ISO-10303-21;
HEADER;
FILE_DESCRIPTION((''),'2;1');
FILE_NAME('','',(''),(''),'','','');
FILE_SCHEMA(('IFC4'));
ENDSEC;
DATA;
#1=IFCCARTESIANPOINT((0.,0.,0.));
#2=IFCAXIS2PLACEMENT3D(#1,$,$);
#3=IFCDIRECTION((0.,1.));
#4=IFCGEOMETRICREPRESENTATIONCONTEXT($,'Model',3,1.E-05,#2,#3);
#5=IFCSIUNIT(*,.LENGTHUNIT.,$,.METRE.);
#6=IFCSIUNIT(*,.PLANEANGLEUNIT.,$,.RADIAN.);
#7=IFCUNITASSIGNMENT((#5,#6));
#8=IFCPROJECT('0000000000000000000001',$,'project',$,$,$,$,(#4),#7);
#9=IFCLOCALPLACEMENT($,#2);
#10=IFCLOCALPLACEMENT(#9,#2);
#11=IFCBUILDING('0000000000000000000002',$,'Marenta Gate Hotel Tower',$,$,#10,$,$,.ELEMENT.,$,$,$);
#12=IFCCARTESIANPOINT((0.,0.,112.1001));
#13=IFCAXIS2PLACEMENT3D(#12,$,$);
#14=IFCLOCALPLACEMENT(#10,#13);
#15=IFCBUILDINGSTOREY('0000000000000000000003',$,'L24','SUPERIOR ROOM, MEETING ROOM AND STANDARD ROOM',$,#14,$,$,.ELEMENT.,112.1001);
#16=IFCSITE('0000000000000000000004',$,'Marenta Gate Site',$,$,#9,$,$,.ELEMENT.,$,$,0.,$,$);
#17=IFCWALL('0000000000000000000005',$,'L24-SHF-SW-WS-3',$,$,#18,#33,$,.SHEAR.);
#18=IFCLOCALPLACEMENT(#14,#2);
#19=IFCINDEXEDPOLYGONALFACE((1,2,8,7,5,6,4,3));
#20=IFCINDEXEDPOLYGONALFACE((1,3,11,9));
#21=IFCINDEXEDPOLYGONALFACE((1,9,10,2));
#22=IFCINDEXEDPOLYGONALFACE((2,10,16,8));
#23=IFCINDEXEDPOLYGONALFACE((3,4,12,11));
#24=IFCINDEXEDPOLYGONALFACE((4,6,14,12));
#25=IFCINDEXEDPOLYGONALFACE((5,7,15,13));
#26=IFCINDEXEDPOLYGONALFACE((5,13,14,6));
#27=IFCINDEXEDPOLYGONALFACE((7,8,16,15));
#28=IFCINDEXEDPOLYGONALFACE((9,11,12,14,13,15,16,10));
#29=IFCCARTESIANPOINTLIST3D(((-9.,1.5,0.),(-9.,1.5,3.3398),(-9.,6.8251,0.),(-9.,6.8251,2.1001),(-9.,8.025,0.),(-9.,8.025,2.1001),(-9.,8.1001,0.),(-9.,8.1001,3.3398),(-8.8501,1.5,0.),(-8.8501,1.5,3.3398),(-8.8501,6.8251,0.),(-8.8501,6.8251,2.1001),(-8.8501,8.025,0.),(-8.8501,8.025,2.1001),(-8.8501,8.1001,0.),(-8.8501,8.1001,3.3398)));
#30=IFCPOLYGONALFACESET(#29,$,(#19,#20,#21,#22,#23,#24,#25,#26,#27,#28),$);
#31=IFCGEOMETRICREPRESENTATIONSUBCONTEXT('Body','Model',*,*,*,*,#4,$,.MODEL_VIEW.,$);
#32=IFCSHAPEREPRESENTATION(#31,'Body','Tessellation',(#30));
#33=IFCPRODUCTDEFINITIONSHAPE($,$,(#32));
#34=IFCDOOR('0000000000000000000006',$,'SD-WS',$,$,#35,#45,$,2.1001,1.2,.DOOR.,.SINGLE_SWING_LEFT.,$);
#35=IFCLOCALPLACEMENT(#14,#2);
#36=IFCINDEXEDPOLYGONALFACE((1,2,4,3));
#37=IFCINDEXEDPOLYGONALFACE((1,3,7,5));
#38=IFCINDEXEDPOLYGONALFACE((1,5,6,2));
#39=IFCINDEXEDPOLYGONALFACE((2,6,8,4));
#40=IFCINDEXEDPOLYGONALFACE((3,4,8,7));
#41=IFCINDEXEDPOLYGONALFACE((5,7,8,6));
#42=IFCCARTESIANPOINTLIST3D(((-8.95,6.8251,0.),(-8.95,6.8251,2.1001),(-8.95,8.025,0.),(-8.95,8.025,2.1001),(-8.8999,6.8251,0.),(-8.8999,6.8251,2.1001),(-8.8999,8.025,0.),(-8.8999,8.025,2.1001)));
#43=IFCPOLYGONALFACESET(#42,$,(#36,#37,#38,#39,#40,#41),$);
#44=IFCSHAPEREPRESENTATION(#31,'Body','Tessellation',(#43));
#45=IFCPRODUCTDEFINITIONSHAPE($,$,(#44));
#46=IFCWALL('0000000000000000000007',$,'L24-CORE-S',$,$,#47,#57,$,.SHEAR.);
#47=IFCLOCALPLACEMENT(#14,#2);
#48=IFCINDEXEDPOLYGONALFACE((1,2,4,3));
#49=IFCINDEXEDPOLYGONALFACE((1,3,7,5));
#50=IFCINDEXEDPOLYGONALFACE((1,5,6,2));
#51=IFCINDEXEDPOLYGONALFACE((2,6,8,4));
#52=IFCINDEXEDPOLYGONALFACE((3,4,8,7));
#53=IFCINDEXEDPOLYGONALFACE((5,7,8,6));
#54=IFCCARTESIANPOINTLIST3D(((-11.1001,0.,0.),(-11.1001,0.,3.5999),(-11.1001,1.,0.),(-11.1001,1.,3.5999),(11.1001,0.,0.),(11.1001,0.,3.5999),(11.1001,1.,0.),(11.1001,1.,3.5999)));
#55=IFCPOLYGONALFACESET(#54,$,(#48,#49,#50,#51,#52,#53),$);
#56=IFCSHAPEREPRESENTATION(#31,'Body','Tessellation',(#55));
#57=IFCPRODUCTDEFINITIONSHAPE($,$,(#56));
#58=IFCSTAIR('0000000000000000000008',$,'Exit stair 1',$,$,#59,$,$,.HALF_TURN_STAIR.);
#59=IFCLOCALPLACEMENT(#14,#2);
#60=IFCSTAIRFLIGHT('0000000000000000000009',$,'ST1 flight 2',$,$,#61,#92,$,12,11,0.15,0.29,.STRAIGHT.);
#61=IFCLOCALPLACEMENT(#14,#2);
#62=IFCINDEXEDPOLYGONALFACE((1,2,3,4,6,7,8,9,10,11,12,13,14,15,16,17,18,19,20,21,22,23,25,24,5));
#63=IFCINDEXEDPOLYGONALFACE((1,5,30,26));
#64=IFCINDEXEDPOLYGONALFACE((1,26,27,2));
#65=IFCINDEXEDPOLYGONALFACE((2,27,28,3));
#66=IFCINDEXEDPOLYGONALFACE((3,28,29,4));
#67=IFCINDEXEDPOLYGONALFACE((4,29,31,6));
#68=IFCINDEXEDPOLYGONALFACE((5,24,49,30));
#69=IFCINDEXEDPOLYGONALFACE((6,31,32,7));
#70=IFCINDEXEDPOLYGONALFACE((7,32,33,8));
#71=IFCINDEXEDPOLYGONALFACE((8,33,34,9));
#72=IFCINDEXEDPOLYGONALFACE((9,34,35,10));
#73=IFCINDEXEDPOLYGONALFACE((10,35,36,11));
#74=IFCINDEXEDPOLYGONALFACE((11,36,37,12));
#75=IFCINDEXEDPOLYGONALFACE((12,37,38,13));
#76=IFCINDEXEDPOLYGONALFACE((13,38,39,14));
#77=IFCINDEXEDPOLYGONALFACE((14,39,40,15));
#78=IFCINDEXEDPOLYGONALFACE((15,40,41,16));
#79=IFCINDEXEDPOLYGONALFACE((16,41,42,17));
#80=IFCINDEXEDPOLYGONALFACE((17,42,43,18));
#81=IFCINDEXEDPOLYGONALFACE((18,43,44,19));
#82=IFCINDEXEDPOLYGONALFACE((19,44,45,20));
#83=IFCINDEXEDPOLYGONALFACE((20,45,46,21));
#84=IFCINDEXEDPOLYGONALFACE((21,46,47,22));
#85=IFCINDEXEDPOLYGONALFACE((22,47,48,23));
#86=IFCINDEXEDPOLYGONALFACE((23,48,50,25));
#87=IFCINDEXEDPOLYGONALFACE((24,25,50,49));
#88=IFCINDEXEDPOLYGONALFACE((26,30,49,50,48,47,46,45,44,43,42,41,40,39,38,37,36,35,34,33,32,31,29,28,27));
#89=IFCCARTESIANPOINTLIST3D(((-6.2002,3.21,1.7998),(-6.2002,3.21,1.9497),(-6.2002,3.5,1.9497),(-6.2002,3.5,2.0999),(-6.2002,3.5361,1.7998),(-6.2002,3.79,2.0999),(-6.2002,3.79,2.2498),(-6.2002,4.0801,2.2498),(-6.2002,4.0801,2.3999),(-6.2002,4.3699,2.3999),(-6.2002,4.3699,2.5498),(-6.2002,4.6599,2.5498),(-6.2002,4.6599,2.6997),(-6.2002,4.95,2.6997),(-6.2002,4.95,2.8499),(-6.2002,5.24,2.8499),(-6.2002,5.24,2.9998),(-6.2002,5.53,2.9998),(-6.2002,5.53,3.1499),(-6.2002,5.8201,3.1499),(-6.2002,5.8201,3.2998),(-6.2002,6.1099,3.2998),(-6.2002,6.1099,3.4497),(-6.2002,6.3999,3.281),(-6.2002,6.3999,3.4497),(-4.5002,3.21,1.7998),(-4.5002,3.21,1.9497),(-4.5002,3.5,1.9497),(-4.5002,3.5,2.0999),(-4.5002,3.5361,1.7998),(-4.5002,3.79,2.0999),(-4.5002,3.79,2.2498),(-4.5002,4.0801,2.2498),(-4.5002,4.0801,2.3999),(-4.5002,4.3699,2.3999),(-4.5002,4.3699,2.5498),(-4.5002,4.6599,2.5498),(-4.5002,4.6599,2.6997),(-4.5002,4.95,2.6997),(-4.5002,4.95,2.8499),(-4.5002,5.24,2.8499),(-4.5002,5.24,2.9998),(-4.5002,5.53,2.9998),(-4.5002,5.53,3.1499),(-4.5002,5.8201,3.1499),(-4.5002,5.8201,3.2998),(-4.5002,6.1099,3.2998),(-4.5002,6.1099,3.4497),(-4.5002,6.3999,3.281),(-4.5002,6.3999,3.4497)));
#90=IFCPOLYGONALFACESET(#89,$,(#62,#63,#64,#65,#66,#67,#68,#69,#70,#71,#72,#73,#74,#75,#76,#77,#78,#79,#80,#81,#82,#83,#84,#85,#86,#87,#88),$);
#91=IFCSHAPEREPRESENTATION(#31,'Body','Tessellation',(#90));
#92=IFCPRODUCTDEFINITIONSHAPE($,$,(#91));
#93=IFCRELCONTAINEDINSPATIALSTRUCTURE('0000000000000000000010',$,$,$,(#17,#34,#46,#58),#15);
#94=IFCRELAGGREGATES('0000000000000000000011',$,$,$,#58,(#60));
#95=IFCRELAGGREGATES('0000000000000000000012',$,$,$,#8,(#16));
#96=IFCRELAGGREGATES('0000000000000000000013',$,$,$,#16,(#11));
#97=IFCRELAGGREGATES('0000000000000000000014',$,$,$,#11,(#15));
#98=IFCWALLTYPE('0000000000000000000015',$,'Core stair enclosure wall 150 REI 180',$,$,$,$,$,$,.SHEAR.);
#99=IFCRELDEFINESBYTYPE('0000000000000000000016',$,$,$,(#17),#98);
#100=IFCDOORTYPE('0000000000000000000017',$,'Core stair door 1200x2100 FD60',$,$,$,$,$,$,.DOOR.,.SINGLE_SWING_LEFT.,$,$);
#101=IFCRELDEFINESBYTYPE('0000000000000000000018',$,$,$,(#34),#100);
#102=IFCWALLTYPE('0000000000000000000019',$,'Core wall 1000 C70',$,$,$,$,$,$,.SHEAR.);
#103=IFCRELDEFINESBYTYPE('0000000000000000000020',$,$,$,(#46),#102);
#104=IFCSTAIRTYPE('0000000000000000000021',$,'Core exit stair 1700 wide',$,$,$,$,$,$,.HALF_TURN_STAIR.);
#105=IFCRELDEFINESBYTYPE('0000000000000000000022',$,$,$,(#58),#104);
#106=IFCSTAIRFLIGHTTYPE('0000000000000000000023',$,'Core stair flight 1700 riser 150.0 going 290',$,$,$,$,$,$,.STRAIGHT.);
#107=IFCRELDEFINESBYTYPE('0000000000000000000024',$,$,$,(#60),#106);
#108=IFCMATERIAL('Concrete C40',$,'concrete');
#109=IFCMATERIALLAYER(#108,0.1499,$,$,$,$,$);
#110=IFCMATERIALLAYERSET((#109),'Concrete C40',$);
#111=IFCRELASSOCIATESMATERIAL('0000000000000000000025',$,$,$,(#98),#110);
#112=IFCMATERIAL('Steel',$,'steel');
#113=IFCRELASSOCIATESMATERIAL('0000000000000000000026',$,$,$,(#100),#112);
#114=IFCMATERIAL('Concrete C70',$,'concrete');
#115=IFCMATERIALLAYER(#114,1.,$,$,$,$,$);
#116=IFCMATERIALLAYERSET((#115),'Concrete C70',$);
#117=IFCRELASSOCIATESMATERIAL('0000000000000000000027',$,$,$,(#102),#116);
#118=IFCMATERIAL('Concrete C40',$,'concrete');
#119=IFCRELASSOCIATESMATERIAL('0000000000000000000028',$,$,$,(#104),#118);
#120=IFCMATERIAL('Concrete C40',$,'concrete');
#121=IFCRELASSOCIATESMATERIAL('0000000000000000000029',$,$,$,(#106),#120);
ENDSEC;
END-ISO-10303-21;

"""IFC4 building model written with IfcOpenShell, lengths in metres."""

from ifc_helpers import new_model, si_unit, direction, frame, frame_2d, origin, place, context, subcontext, project, spatial, polyline, rectangle, outline, extrude, material, layer, layer_set, type_object, element, fill, aggregate, save


model = new_model("IFC4")

# Units and contexts
model_context = context("Model", 3, precision=1e-05, world=origin(), true_north=direction((0.0, 1.0)))
body_context = subcontext(model_context, "Body", "Model", "MODEL_VIEW")
ifc_project = project(units=[si_unit("LENGTHUNIT", "METRE"), si_unit("PLANEANGLEUNIT", "RADIAN")], contexts=[model_context])

# Site, building, storey
site_placement = place(None, origin())
site = spatial("IfcSite", under=ifc_project, at=site_placement, Name="Marenta Gate Site", CompositionType="ELEMENT", RefElevation=0.0)
building_placement = place(site_placement, origin())
building = spatial("IfcBuilding", under=site, at=building_placement, Name="Marenta Gate Hotel Tower", CompositionType="ELEMENT")
storey_placement = place(building_placement, frame((0.0, 0.0, 112.1001)))
storey = spatial("IfcBuildingStorey", under=building, at=storey_placement, Name="L24", Description="SUPERIOR ROOM, MEETING ROOM AND STANDARD ROOM", CompositionType="ELEMENT", Elevation=112.1001)

# Wall, opening, door
ifc_material_1 = material(Name="Concrete C40", Category="concrete")
ifc_layer_1 = layer(ifc_material_1, 0.1499)
ifc_layer_set_1 = layer_set([ifc_layer_1], Name="Concrete C40")
wall_type_1 = type_object("IfcWallType", Name="Core stair enclosure wall 150 REI 180", PredefinedType="SHEAR", material=ifc_layer_set_1)
wall_1_placement = place(storey_placement, frame((-8.925, 1.5, 0.0), z_axis=(0.0, 0.0, 1.0), x_axis=(0.0, 1.0, 0.0)))
wall_1 = element("IfcWall", 1, at=wall_1_placement, inside=storey, type_object=wall_type_1, Name="L24-SHF-SW-WS-3", PredefinedType="SHEAR", context=body_context, shape_type="SweptSolid", body=[
    extrude(rectangle(XDim=6.6001, YDim=0.1499, at=frame_2d((3.3, 0.0))), origin(), (0.0, 0.0, 1.0), 3.3398),
])
opening_1_placement = place(wall_1_placement, frame((5.325, 0.0, 0.0)))
opening_1 = element("IfcOpeningElement", 2, at=opening_1_placement, cuts=wall_1, PredefinedType="OPENING", context=body_context, shape_type="SweptSolid", body=[
    extrude(rectangle(XDim=1.2, YDim=2.1001, at=frame_2d((0.6001, 1.05))), frame((0.0, 0.075, 0.0), z_axis=(0.0, -1.0, 0.0), x_axis=(1.0, 0.0, 0.0)), (0.0, 0.0, 1.0), 0.1499),
])
ifc_material_2 = material(Name="Steel", Category="steel")
door_type_1 = type_object("IfcDoorType", Name="Core stair door 1200x2100 FD60", OperationType="SINGLE_SWING_LEFT", PredefinedType="DOOR", material=ifc_material_2)
door_1_placement = place(opening_1_placement, origin())
door_1 = element("IfcDoor", 3, at=door_1_placement, inside=storey, type_object=door_type_1, Name="SD-WS", OperationType="SINGLE_SWING_LEFT", OverallHeight=2.1001, OverallWidth=1.2, PredefinedType="DOOR", context=body_context, shape_type="SweptSolid", body=[
    extrude(rectangle(XDim=1.2, YDim=2.1001, at=frame_2d((0.6001, 1.05))), frame((0.0, 0.0249, 0.0), z_axis=(0.0, -1.0, 0.0), x_axis=(1.0, 0.0, 0.0)), (0.0, 0.0, 1.0), 0.05),
])
fill(opening_1, door_1)

# Wall
ifc_material_3 = material(Name="Concrete C70", Category="concrete")
ifc_layer_2 = layer(ifc_material_3, 1.0)
ifc_layer_set_2 = layer_set([ifc_layer_2], Name="Concrete C70")
wall_type_2 = type_object("IfcWallType", Name="Core wall 1000 C70", PredefinedType="SHEAR", material=ifc_layer_set_2)
wall_2_placement = place(storey_placement, frame((-11.1001, 0.5, 0.0), z_axis=(0.0, 0.0, 1.0), x_axis=(1.0, 0.0, 0.0)))
element("IfcWall", 4, at=wall_2_placement, inside=storey, type_object=wall_type_2, Name="L24-CORE-S", PredefinedType="SHEAR", context=body_context, shape_type="SweptSolid", body=[
    extrude(rectangle(XDim=22.2002, YDim=1.0, at=frame_2d((11.1001, 0.0))), origin(), (0.0, 0.0, 1.0), 3.5999),
])

# Stair, stair flight
ifc_material_4 = material(Name="Concrete C40", Category="concrete")
stair_type = type_object("IfcStairType", Name="Core exit stair 1700 wide", PredefinedType="HALF_TURN_STAIR", material=ifc_material_4)
stair_placement = place(storey_placement, origin())
stair = element("IfcStair", 5, at=stair_placement, inside=storey, type_object=stair_type, Name="Exit stair 1", PredefinedType="HALF_TURN_STAIR")
ifc_material_5 = material(Name="Concrete C40", Category="concrete")
stair_flight_type = type_object("IfcStairFlightType", Name="Core stair flight 1700 riser 150.0 going 290", PredefinedType="STRAIGHT", material=ifc_material_5)
stair_flight_placement = place(storey_placement, frame((-5.3501, 3.21, 1.7998), z_axis=(0.0, 0.0, 1.0), x_axis=(0.0, 1.0, 0.0)))
stair_flight = element("IfcStairFlight", 6, at=stair_flight_placement, type_object=stair_flight_type, Name="ST1 flight 2", NumberOfRisers=12, NumberOfTreads=11, PredefinedType="STRAIGHT", RiserHeight=0.15, TreadLength=0.29, context=body_context, shape_type="SweptSolid", body=[
    extrude(outline(polyline([(0.0, 0.0), (0.0, 0.1499), (0.29, 0.1499), (0.29, 0.3), (0.5801, 0.3), (0.5801, 0.45), (0.8701, 0.45), (0.8701, 0.6001), (1.1599, 0.6001), (1.1599, 0.75), (1.45, 0.75), (1.45, 0.8999), (1.74, 0.8999), (1.74, 1.05), (2.03, 1.05), (2.03, 1.2), (2.3201, 1.2), (2.3201, 1.3501), (2.6101, 1.3501), (2.6101, 1.5), (2.8999, 1.5), (2.8999, 1.6499), (3.1899, 1.6499), (3.1899, 1.8), (3.1899, 1.4812), (0.3262, 0.0), (0.0, 0.0)])), frame((0.0, 0.8501, 0.0), z_axis=(0.0, -1.0, 0.0), x_axis=(1.0, 0.0, 0.0)), (0.0, 0.0, 1.0), 1.7),
])
aggregate(stair, [stair_flight])

save(model, "model.ifc")
